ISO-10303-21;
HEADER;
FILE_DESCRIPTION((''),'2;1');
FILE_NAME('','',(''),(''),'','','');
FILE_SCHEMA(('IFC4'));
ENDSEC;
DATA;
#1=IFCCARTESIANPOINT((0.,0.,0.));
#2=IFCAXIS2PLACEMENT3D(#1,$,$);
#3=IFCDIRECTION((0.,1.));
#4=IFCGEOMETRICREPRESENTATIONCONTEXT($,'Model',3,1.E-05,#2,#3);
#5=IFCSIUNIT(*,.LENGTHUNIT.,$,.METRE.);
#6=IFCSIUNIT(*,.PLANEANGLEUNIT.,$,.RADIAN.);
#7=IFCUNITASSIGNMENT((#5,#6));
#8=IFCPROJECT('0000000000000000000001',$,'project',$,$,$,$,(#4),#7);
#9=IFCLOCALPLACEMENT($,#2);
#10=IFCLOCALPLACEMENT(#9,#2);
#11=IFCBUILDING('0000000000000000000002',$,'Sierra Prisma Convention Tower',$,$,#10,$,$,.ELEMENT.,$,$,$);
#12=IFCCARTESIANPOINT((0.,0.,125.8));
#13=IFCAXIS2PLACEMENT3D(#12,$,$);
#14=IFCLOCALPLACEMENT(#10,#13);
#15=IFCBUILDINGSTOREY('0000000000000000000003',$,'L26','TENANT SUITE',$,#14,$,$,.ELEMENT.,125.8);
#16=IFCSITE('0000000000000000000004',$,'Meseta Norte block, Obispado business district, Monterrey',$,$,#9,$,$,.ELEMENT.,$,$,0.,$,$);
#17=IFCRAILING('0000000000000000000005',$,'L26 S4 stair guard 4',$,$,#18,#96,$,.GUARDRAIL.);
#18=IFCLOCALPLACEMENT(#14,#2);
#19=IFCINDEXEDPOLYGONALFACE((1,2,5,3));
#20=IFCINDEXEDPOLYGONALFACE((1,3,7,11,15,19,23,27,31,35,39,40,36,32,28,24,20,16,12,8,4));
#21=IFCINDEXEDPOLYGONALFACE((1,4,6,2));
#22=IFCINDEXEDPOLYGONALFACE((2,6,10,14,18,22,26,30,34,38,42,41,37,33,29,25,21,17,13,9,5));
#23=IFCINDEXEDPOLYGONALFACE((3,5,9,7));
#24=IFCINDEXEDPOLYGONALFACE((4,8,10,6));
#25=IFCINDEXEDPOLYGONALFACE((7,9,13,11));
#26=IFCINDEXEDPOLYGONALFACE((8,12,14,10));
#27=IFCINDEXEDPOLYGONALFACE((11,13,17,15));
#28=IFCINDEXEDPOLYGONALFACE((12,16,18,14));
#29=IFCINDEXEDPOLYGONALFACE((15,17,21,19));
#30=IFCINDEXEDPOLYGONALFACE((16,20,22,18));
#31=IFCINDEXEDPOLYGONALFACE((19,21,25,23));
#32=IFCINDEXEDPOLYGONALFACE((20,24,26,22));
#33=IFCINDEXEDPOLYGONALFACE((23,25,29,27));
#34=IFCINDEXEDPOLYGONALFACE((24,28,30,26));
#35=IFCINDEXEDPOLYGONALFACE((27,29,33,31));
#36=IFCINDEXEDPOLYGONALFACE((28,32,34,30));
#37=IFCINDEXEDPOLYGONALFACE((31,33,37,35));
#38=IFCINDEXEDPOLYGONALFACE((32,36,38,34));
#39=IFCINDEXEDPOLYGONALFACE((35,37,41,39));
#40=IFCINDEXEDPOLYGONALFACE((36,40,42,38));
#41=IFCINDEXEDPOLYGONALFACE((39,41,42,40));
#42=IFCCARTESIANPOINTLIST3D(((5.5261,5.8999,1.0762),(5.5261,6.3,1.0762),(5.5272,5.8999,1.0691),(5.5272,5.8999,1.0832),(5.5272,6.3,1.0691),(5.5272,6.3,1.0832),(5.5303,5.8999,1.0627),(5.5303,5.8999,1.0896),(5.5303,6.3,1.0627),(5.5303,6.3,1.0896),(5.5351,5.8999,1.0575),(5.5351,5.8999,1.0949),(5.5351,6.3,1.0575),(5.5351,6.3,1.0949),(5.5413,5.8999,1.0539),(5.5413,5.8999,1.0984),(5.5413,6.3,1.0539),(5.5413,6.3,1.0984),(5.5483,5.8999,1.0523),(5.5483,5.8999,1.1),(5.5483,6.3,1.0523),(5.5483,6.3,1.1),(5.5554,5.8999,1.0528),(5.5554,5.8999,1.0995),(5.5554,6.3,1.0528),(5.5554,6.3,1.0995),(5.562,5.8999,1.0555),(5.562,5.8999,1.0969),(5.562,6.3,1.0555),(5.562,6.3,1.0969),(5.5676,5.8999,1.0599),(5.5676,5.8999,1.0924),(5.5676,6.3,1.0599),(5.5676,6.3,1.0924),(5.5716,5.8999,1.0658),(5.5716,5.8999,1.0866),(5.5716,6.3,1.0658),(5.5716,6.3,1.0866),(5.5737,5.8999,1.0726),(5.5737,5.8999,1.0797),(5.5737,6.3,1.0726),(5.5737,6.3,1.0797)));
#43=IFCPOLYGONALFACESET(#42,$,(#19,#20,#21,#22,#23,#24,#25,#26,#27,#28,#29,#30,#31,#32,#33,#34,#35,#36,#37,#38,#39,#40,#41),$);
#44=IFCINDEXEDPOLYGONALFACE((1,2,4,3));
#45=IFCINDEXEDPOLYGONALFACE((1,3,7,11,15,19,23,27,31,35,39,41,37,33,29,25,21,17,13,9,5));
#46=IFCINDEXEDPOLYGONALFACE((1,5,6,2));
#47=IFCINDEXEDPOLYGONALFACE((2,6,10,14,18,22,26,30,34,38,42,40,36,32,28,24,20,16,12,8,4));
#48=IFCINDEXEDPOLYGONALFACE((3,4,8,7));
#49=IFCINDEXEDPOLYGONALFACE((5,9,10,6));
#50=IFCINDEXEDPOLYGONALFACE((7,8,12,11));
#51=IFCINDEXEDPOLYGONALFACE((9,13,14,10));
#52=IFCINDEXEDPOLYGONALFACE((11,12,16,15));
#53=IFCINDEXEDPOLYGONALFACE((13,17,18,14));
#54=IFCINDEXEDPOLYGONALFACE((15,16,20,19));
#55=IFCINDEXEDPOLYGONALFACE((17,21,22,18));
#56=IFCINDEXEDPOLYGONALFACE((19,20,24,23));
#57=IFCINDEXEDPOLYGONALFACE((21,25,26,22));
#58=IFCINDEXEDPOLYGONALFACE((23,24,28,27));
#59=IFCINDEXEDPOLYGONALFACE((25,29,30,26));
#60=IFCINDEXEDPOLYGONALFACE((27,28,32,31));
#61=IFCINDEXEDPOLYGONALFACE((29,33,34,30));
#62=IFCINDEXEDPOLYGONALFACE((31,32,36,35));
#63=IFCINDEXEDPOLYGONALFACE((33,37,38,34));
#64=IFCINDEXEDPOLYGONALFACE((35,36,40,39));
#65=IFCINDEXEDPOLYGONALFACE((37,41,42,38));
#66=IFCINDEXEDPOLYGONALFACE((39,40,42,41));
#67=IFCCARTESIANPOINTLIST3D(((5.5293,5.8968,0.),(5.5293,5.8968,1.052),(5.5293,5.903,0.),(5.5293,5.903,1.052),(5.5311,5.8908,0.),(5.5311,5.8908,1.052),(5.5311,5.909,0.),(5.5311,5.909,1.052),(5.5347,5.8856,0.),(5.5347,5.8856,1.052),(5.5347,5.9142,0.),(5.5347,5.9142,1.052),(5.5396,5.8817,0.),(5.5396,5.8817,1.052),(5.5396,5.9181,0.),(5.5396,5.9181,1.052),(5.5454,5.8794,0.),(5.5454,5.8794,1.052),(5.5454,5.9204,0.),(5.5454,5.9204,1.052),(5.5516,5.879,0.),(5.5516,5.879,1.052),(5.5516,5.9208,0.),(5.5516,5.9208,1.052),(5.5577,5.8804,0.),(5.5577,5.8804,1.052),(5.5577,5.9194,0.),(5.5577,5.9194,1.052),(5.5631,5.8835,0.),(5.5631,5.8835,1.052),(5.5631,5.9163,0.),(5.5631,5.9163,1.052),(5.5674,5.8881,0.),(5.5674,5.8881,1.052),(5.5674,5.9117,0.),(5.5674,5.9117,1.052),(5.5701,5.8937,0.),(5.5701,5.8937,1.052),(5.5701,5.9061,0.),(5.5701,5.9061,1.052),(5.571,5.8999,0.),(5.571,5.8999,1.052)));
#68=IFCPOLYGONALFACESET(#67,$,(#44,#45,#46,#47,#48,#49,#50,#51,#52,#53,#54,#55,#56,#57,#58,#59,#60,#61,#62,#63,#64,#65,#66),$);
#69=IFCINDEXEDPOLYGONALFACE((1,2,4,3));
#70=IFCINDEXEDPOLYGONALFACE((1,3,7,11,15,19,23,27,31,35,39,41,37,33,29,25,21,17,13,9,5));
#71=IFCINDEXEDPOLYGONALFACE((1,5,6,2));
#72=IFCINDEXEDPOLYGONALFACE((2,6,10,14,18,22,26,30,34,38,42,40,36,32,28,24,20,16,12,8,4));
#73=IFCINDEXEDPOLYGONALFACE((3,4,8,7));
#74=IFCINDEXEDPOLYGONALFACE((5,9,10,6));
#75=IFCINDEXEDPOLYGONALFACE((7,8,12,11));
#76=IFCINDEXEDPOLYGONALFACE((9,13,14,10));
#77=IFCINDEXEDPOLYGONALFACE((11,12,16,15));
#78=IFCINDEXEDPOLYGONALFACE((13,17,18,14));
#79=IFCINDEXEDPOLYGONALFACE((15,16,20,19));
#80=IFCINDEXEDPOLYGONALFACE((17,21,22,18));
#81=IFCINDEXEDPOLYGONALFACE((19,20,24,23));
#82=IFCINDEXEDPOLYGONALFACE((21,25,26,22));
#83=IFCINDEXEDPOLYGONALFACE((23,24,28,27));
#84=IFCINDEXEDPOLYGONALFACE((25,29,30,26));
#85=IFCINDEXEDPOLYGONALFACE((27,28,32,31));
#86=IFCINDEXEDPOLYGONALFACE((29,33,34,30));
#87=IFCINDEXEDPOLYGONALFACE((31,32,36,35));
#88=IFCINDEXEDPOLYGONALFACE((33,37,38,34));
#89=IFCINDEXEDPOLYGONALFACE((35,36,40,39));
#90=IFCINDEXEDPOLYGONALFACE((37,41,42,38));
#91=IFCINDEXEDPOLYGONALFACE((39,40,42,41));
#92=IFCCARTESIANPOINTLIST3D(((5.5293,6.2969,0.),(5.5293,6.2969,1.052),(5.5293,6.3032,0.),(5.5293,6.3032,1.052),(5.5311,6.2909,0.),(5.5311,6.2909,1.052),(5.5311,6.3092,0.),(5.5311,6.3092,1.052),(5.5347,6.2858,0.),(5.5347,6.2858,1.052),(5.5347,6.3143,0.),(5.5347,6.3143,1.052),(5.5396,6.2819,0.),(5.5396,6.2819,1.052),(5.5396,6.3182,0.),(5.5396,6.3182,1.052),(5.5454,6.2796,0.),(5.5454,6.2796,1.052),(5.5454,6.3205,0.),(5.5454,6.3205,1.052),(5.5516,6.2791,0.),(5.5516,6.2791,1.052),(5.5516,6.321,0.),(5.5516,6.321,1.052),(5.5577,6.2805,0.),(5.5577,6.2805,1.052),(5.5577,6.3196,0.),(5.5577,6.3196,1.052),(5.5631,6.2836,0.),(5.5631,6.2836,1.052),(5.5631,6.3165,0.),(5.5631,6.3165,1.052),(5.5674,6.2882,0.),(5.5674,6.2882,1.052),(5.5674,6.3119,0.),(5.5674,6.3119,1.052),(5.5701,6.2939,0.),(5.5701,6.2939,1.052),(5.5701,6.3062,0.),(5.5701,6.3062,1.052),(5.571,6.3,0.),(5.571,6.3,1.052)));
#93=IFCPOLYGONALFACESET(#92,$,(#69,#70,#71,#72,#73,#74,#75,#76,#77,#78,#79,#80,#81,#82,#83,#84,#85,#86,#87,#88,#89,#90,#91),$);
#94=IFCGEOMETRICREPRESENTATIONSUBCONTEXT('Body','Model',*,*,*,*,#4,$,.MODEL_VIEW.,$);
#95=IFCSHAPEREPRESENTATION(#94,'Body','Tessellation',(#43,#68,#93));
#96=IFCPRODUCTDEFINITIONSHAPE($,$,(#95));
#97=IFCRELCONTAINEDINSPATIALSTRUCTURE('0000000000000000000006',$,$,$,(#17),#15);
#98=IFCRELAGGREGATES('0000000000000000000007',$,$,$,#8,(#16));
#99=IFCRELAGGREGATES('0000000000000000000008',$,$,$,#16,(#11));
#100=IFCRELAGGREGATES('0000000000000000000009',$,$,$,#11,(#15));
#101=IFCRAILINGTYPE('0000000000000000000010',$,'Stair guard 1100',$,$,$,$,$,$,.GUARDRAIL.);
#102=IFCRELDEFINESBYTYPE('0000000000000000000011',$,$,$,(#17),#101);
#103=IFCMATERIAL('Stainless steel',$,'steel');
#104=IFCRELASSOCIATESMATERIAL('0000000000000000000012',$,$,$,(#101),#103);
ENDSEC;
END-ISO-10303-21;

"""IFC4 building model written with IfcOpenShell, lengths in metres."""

from ifc_helpers import new_model, si_unit, direction, frame, origin, origin_2d, place, context, subcontext, project, spatial, circle, extrude, material, type_object, element, save


model = new_model("IFC4")

# Units and contexts
model_context = context("Model", 3, precision=1e-05, world=origin(), true_north=direction((0.0, 1.0)))
body_context = subcontext(model_context, "Body", "Model", "MODEL_VIEW")
ifc_project = project(units=[si_unit("LENGTHUNIT", "METRE"), si_unit("PLANEANGLEUNIT", "RADIAN")], contexts=[model_context])

# Site, building, storey
site_placement = place(None, origin())
site = spatial("IfcSite", under=ifc_project, at=site_placement, Name="Meseta Norte block, Obispado business district, Monterrey", CompositionType="ELEMENT", RefElevation=0.0)
building_placement = place(site_placement, origin())
building = spatial("IfcBuilding", under=site, at=building_placement, Name="Sierra Prisma Convention Tower", CompositionType="ELEMENT")
storey_placement = place(building_placement, frame((0.0, 0.0, 125.8)))
storey = spatial("IfcBuildingStorey", under=building, at=storey_placement, Name="L26", Description="TENANT SUITE", CompositionType="ELEMENT", Elevation=125.8)

# Railing
ifc_material_1 = material(Name="Stainless steel", Category="steel")
railing_type_1 = type_object("IfcRailingType", Name="Stair guard 1100", PredefinedType="GUARDRAIL", material=ifc_material_1)
railing_1_placement = place(storey_placement, frame((5.55, 5.8999, 0.0)))
element("IfcRailing", 1, at=railing_1_placement, inside=storey, type_object=railing_type_1, Name="L26 S4 stair guard 4", PredefinedType="GUARDRAIL", context=body_context, shape_type="SweptSolid", body=[
    extrude(circle(Radius=0.0239, at=origin_2d()), frame((0.0, 0.0, 1.0762), z_axis=(0.0, 1.0, 0.0), x_axis=(-1.0, 0.0, 0.0)), (0.0, 0.0, 1.0), 0.4001),
    extrude(circle(Radius=0.021, at=origin_2d()), origin(), (0.0, 0.0, 1.0), 1.052),
    extrude(circle(Radius=0.021, at=origin_2d()), frame((0.0, 0.4001, 0.0)), (0.0, 0.0, 1.0), 1.052),
])

save(model, "model.ifc")
